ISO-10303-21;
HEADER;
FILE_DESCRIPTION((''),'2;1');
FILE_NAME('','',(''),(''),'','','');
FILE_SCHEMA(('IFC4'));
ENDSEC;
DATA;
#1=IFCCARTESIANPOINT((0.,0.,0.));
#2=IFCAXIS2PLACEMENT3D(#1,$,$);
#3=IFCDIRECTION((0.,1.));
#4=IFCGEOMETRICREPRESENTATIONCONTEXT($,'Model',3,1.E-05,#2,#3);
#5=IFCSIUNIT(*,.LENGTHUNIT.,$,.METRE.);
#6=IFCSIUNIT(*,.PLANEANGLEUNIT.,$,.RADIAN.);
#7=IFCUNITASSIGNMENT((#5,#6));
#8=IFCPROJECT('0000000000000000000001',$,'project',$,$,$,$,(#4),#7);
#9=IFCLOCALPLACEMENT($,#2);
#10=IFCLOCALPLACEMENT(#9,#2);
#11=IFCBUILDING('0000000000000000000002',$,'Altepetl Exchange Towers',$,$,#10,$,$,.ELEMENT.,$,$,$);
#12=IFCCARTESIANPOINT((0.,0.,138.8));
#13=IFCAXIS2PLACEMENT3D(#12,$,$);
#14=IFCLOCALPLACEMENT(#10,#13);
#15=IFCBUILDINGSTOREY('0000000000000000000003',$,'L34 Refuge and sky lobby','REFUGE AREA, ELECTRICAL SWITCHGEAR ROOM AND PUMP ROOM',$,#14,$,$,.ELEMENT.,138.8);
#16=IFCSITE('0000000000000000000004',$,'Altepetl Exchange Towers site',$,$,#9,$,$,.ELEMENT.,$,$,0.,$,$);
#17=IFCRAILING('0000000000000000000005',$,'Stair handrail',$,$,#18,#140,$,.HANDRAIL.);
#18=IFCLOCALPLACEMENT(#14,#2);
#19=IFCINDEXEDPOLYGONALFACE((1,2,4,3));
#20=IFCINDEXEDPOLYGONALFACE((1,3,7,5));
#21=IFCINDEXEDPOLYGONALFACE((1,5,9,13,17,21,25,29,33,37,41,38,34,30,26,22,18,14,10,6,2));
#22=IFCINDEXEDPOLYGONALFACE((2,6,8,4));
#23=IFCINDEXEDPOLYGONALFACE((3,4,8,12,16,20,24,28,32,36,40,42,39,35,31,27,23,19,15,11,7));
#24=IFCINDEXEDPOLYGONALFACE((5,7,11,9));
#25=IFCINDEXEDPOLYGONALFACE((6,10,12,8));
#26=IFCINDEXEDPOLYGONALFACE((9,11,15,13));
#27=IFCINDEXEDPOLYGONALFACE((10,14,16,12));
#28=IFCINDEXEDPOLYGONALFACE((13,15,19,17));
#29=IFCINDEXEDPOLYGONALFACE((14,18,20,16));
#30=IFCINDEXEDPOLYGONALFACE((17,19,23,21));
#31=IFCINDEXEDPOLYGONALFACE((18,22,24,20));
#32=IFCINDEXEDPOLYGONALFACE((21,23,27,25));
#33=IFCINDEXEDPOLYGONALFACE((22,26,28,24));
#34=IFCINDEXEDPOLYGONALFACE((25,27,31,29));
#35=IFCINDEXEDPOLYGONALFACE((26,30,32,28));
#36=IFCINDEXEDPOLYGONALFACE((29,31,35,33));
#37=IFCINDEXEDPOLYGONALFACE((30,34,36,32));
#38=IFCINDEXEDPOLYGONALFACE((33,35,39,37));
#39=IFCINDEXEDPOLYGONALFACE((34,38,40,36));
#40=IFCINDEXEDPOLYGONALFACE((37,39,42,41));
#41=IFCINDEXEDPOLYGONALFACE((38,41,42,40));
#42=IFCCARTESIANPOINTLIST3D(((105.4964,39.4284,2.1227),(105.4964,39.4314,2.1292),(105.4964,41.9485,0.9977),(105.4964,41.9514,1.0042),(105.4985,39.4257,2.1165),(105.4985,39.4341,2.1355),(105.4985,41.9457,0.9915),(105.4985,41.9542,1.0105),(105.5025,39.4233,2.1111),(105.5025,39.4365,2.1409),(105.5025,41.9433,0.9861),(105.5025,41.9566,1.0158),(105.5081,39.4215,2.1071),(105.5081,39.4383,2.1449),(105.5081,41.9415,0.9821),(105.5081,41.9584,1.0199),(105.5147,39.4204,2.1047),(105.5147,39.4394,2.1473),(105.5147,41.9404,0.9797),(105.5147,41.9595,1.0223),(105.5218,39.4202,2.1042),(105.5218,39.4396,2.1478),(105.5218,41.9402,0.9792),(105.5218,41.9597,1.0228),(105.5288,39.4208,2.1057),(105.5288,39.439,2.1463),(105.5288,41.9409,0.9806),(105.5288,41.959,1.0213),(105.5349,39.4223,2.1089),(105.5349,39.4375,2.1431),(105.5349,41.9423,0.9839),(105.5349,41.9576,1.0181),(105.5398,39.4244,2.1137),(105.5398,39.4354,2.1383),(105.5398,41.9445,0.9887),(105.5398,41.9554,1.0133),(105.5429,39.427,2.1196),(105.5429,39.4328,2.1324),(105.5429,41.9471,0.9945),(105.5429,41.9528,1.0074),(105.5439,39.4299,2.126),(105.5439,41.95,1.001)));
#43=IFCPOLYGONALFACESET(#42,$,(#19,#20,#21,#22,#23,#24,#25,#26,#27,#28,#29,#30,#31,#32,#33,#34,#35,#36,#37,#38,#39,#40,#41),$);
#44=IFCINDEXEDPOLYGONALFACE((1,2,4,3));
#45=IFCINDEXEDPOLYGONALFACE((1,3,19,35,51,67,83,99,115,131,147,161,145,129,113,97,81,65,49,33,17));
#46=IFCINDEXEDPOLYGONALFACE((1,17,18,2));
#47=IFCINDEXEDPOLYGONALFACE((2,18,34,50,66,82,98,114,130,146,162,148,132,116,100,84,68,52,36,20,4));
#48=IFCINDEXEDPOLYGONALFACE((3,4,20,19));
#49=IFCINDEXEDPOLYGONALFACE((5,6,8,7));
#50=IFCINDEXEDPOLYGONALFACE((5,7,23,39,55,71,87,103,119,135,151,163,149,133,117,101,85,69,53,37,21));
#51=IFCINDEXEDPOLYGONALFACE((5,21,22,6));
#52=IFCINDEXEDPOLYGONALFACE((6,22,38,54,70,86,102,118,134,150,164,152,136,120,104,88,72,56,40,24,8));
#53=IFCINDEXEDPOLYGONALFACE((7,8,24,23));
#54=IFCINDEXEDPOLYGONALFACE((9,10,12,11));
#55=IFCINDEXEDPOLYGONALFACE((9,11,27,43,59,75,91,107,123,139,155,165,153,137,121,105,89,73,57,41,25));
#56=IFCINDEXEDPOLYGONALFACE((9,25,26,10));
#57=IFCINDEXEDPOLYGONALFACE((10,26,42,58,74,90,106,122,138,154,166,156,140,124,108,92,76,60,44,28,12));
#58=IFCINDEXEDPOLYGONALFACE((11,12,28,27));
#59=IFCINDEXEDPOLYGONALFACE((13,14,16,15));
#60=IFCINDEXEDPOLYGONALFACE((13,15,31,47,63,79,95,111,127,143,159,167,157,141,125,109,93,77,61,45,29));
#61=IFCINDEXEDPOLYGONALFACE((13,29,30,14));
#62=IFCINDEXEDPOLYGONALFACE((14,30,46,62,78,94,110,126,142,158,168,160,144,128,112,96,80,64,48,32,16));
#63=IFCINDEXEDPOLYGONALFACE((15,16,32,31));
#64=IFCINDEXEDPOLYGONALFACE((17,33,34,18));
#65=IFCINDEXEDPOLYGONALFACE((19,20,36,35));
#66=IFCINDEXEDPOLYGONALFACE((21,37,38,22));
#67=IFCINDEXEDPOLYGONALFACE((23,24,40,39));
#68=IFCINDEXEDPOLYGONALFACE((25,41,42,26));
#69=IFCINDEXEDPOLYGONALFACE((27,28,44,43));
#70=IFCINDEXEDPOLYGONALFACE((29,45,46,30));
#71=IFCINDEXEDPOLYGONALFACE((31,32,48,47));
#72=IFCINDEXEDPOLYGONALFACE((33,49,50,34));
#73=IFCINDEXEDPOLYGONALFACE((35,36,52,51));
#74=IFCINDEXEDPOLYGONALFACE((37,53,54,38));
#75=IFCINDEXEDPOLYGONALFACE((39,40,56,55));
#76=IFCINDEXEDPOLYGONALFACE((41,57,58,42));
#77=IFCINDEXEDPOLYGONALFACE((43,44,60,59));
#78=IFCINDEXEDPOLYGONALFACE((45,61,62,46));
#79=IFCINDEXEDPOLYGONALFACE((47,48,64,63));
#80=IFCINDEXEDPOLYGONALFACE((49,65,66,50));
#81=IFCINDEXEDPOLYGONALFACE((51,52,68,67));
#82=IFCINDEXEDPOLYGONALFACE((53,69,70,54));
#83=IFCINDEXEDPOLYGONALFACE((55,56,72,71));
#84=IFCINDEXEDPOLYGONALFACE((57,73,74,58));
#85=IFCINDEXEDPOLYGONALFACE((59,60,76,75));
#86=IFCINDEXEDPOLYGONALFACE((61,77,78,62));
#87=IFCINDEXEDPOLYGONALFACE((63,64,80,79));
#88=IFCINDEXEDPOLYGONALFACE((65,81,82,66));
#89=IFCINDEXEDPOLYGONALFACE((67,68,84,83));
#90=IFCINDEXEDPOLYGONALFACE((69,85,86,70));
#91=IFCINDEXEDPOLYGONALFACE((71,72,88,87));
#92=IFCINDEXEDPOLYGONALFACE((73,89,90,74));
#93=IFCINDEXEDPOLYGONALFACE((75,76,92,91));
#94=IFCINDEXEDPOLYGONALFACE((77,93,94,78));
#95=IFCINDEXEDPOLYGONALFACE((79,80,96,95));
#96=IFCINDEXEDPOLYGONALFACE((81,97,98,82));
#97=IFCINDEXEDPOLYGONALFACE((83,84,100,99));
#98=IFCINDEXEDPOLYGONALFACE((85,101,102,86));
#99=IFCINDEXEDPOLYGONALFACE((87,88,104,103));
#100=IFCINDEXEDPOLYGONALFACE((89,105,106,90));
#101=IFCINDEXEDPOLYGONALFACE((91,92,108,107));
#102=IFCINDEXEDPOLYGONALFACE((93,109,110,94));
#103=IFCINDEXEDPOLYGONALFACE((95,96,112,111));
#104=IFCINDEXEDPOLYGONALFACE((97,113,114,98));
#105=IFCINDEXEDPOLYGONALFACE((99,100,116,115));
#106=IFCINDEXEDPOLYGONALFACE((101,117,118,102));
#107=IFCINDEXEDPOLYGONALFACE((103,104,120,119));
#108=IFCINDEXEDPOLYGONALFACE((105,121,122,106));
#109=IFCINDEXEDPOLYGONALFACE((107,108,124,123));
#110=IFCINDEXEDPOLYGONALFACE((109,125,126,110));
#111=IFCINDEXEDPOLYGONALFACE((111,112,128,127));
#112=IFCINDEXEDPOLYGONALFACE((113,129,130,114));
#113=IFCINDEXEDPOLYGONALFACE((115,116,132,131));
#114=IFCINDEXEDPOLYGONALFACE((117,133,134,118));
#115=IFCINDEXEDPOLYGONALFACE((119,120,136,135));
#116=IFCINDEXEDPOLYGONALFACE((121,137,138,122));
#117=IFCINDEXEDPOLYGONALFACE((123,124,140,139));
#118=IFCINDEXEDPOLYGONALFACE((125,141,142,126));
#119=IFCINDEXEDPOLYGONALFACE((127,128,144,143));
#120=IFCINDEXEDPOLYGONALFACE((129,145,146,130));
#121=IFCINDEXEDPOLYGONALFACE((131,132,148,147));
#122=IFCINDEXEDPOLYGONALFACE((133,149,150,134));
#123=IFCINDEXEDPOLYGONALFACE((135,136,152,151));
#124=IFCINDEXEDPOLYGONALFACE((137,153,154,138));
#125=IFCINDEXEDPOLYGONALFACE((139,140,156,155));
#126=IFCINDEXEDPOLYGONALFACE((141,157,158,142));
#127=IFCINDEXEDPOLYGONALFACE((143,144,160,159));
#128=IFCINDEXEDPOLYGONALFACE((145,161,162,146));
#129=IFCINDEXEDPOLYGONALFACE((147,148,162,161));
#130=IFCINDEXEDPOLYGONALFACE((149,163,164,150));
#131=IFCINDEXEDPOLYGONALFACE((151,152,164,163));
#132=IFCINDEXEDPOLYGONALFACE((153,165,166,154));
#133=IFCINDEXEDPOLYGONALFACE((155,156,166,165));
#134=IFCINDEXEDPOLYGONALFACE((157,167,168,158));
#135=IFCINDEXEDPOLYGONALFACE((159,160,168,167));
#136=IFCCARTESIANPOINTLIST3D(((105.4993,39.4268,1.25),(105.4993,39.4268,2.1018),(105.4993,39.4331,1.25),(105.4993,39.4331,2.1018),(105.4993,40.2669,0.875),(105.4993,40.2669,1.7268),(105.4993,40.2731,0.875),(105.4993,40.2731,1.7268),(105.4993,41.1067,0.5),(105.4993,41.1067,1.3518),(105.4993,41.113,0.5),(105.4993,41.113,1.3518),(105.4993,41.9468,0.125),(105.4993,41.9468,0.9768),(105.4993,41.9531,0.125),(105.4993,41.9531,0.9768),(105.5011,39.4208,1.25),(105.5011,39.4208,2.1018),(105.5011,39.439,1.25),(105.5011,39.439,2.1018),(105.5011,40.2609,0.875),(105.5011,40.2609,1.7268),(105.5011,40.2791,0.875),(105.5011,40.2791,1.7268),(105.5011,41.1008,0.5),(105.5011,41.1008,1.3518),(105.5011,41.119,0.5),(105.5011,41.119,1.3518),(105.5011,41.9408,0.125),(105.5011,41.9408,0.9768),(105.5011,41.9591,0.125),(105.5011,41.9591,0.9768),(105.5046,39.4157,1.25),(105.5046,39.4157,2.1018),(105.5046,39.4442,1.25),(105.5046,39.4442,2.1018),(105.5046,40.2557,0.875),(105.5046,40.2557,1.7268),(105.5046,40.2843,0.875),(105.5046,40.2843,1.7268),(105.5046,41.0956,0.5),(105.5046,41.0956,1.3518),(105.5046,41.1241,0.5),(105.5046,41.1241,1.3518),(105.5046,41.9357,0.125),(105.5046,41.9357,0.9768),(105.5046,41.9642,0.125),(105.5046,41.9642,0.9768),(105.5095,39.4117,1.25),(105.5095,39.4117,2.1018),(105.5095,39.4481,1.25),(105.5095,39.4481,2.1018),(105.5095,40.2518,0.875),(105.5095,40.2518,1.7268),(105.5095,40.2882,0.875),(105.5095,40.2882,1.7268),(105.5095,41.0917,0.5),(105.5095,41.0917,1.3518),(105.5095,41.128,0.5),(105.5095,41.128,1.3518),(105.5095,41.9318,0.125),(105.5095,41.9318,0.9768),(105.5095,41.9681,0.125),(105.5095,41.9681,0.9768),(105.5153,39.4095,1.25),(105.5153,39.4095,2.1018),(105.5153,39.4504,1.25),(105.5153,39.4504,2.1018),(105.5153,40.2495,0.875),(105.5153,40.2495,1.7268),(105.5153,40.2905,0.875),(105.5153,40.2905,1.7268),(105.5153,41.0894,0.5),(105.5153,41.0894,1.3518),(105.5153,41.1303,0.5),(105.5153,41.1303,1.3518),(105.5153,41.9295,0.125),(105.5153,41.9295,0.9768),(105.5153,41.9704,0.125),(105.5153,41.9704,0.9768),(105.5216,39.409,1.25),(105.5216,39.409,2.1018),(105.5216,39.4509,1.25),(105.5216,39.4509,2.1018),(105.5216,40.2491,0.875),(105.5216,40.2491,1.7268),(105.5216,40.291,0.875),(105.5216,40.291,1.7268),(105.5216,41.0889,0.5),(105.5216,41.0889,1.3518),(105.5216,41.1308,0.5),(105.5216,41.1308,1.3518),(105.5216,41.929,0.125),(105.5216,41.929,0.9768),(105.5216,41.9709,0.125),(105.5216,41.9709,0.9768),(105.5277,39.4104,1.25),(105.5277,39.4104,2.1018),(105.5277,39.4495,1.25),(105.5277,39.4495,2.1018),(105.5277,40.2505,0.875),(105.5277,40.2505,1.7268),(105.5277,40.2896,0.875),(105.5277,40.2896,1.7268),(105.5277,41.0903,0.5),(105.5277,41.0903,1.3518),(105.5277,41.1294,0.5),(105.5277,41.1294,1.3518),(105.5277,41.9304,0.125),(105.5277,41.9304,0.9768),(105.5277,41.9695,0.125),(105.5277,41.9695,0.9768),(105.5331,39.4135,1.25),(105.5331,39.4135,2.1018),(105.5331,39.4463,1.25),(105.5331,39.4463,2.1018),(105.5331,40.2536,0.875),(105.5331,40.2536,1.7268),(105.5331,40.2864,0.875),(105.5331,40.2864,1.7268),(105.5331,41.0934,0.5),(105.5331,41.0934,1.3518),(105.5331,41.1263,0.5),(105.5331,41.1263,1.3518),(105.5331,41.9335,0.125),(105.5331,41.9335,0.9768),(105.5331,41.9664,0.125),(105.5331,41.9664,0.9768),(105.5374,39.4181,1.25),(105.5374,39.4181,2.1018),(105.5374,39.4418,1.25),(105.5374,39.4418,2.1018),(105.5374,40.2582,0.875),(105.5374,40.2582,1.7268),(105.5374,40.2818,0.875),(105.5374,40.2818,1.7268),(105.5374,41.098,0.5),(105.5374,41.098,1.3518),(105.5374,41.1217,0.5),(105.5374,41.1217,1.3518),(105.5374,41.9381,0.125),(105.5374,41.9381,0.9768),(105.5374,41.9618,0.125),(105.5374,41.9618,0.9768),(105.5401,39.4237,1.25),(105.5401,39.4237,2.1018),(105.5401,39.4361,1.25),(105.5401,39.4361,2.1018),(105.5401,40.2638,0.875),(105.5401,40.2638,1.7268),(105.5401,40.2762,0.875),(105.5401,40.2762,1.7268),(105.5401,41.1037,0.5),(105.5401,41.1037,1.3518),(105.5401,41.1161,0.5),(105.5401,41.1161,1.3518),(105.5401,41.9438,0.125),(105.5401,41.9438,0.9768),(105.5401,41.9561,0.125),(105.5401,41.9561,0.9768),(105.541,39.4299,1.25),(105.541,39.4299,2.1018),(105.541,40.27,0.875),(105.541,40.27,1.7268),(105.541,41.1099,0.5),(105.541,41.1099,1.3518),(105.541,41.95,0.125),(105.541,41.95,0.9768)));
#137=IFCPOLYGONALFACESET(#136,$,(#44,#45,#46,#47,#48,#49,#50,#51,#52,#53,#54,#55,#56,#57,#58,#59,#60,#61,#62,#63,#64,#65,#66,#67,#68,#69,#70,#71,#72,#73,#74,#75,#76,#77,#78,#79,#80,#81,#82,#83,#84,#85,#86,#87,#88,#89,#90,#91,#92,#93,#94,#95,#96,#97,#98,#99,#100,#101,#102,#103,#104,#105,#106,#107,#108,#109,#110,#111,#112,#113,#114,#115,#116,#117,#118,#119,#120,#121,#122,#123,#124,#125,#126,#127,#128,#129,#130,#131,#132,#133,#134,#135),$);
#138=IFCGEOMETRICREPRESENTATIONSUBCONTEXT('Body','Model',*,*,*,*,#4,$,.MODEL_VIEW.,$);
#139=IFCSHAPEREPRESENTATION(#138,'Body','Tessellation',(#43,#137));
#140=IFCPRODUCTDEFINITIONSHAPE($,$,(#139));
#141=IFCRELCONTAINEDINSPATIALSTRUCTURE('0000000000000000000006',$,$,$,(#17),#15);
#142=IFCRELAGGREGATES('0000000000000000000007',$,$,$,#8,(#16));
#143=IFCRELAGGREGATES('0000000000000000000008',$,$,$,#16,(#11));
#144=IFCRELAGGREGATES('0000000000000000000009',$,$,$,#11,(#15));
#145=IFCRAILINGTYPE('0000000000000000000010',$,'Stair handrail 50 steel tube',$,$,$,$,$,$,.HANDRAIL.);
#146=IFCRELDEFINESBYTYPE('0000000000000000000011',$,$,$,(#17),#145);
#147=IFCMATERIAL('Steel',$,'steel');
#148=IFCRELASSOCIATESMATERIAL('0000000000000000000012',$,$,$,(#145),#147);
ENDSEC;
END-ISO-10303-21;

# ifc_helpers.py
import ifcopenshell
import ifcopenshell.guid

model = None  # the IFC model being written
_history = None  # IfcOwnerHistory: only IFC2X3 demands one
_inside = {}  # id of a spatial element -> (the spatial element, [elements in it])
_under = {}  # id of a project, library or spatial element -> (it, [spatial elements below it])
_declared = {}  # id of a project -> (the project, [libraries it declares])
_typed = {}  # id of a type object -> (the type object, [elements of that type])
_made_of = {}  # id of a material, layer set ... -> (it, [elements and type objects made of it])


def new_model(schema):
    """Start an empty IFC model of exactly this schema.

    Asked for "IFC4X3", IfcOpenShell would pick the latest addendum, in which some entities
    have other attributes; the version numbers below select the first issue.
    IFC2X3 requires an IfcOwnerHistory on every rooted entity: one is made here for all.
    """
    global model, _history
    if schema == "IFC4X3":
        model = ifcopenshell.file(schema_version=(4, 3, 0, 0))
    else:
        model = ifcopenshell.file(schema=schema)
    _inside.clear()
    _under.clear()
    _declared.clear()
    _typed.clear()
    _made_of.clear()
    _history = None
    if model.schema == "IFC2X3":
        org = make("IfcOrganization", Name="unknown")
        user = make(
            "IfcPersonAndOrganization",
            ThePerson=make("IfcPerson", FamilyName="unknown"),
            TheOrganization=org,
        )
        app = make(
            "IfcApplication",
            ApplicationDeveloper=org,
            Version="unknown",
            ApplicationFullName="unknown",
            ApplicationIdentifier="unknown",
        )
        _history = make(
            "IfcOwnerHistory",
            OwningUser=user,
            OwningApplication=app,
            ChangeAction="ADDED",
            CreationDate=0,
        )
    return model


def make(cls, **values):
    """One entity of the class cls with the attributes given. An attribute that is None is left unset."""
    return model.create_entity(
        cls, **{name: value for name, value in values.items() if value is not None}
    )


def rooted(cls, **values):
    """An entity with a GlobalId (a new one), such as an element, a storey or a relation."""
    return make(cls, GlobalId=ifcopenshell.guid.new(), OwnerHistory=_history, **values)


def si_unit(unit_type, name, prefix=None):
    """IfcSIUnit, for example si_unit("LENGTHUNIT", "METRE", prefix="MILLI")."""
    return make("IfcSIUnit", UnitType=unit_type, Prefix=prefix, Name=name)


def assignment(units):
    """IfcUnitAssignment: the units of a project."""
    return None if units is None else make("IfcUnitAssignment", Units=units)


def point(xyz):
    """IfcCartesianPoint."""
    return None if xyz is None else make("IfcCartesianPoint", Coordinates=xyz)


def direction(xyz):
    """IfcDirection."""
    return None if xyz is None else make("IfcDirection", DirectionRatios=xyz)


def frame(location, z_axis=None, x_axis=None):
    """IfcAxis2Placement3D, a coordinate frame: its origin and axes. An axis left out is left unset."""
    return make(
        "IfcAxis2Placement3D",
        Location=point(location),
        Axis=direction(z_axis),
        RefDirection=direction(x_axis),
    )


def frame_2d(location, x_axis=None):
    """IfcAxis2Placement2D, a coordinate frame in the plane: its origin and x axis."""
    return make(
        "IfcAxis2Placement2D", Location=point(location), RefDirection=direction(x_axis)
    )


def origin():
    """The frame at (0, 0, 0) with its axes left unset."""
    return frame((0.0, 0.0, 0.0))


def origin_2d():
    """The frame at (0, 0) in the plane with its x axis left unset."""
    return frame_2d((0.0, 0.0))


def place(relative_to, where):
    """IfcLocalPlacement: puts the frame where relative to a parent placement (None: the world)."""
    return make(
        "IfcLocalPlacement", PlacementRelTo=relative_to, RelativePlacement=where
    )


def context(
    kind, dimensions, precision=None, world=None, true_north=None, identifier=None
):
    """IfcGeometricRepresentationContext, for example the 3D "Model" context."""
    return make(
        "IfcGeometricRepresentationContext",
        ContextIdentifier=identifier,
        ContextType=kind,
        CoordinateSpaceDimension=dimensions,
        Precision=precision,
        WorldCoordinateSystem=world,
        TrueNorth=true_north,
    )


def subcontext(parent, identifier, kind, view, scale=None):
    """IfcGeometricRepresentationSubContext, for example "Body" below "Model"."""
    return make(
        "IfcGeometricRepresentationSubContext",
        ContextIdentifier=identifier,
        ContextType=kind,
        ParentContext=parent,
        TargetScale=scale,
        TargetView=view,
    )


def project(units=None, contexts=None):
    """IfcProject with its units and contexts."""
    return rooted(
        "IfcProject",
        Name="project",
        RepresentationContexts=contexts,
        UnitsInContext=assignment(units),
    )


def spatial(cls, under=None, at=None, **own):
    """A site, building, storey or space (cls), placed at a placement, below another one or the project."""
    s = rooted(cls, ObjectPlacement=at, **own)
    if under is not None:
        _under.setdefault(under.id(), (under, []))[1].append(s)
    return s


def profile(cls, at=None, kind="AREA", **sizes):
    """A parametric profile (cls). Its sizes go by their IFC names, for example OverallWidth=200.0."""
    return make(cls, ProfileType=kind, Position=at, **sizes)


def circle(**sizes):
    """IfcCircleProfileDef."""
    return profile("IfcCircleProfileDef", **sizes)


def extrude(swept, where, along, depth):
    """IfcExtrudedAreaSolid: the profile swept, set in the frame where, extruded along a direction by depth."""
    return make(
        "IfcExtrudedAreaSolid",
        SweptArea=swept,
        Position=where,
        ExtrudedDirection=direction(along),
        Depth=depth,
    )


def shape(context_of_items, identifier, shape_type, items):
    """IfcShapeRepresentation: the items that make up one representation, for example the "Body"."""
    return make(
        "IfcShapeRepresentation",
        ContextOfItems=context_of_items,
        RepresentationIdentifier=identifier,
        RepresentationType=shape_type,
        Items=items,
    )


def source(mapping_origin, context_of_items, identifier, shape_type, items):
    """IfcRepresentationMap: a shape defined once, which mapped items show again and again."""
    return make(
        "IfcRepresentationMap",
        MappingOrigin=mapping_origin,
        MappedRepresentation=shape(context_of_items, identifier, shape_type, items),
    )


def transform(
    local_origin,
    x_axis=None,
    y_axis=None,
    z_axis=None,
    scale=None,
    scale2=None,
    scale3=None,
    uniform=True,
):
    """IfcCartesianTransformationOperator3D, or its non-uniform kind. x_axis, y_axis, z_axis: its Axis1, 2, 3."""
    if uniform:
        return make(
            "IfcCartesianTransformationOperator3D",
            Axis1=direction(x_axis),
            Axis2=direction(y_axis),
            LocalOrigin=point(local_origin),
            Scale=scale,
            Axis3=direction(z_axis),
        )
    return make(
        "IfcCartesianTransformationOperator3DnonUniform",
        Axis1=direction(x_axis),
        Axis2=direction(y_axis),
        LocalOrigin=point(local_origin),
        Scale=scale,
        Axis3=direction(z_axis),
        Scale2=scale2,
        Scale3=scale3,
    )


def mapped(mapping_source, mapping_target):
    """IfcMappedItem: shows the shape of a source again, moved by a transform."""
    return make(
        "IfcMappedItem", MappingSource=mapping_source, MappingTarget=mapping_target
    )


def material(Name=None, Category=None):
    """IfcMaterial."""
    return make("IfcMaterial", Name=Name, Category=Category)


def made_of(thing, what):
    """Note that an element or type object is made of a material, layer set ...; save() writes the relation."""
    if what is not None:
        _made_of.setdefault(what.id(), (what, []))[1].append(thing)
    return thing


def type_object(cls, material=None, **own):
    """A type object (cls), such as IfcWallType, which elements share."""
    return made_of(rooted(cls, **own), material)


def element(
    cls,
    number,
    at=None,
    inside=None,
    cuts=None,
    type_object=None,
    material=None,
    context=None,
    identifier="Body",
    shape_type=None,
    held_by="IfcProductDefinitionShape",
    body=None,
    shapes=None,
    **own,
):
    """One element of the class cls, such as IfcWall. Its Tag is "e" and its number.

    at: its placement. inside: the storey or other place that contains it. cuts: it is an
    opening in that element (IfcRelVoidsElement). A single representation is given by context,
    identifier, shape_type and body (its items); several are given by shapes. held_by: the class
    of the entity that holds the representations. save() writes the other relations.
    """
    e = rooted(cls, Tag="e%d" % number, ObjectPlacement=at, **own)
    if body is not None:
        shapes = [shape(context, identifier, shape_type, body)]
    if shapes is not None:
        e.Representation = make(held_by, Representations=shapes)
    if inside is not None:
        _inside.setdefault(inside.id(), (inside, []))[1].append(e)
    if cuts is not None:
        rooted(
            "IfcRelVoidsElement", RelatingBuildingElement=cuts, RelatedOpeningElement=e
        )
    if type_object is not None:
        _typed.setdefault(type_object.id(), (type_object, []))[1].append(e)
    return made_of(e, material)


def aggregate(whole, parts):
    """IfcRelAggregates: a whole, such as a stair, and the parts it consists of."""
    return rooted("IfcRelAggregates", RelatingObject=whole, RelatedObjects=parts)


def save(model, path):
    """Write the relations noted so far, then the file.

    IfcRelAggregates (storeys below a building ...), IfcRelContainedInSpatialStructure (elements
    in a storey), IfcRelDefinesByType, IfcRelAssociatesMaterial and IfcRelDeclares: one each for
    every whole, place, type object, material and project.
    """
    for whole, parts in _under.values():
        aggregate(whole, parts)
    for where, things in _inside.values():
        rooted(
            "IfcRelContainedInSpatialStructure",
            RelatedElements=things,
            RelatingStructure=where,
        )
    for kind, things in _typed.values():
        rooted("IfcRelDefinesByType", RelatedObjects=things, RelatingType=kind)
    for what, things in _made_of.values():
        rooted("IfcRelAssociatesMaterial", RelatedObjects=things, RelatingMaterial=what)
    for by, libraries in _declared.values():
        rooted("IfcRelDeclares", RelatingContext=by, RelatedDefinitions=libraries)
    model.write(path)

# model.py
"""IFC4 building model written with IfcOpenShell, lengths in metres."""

from ifc_helpers import new_model, si_unit, direction, frame, origin, origin_2d, place, context, subcontext, project, spatial, circle, extrude, source, transform, mapped, material, type_object, element, save


model = new_model("IFC4")

# Units and contexts
model_context = context("Model", 3, precision=1e-05, world=origin(), true_north=direction((0.0, 1.0)))
body_context = subcontext(model_context, "Body", "Model", "MODEL_VIEW")
ifc_project = project(units=[si_unit("LENGTHUNIT", "METRE"), si_unit("PLANEANGLEUNIT", "RADIAN")], contexts=[model_context])

# Site, building, storey
site_placement = place(None, origin())
site = spatial("IfcSite", under=ifc_project, at=site_placement, Name="Altepetl Exchange Towers site", CompositionType="ELEMENT", RefElevation=0.0)
building_placement = place(site_placement, origin())
building = spatial("IfcBuilding", under=site, at=building_placement, Name="Altepetl Exchange Towers", CompositionType="ELEMENT")
storey_placement = place(building_placement, frame((0.0, 0.0, 138.8)))
storey = spatial("IfcBuildingStorey", under=building, at=storey_placement, Name="L34 Refuge and sky lobby", Description="REFUGE AREA, ELECTRICAL SWITCHGEAR ROOM AND PUMP ROOM", CompositionType="ELEMENT", Elevation=138.8)

# Railing
ifc_material_1 = material(Name="Steel", Category="steel")
railing_type = type_object("IfcRailingType", Name="Stair handrail 50 steel tube", PredefinedType="HANDRAIL", material=ifc_material_1)
shared_shape = source(origin(), body_context, "Body", "SweptSolid", [
    extrude(circle(Radius=0.021, at=origin_2d()), origin(), (0.0, 0.0, 1.0), 0.8518),
])
railing_1_placement = place(storey_placement, frame((105.52, 41.95, 0.125)))
element("IfcRailing", 1, at=railing_1_placement, inside=storey, type_object=railing_type, Name="Stair handrail", PredefinedType="HANDRAIL", context=body_context, shape_type="SweptSolid", body=[
    extrude(circle(Radius=0.0239, at=origin_2d()), frame((0.0, 0.0, 0.876), z_axis=(0.0, -0.913139, 0.407648), x_axis=(1.0, 0.0, 0.0)), (0.0, 0.0, 1.0), 2.7598),
    mapped(shared_shape, transform((0.0, 0.0, 0.0))),
    mapped(shared_shape, transform((0.0, -0.8401, 0.375))),
    mapped(shared_shape, transform((0.0, -1.6799, 0.75))),
    mapped(shared_shape, transform((0.0, -2.52, 1.125))),
])

save(model, "model.ifc")
